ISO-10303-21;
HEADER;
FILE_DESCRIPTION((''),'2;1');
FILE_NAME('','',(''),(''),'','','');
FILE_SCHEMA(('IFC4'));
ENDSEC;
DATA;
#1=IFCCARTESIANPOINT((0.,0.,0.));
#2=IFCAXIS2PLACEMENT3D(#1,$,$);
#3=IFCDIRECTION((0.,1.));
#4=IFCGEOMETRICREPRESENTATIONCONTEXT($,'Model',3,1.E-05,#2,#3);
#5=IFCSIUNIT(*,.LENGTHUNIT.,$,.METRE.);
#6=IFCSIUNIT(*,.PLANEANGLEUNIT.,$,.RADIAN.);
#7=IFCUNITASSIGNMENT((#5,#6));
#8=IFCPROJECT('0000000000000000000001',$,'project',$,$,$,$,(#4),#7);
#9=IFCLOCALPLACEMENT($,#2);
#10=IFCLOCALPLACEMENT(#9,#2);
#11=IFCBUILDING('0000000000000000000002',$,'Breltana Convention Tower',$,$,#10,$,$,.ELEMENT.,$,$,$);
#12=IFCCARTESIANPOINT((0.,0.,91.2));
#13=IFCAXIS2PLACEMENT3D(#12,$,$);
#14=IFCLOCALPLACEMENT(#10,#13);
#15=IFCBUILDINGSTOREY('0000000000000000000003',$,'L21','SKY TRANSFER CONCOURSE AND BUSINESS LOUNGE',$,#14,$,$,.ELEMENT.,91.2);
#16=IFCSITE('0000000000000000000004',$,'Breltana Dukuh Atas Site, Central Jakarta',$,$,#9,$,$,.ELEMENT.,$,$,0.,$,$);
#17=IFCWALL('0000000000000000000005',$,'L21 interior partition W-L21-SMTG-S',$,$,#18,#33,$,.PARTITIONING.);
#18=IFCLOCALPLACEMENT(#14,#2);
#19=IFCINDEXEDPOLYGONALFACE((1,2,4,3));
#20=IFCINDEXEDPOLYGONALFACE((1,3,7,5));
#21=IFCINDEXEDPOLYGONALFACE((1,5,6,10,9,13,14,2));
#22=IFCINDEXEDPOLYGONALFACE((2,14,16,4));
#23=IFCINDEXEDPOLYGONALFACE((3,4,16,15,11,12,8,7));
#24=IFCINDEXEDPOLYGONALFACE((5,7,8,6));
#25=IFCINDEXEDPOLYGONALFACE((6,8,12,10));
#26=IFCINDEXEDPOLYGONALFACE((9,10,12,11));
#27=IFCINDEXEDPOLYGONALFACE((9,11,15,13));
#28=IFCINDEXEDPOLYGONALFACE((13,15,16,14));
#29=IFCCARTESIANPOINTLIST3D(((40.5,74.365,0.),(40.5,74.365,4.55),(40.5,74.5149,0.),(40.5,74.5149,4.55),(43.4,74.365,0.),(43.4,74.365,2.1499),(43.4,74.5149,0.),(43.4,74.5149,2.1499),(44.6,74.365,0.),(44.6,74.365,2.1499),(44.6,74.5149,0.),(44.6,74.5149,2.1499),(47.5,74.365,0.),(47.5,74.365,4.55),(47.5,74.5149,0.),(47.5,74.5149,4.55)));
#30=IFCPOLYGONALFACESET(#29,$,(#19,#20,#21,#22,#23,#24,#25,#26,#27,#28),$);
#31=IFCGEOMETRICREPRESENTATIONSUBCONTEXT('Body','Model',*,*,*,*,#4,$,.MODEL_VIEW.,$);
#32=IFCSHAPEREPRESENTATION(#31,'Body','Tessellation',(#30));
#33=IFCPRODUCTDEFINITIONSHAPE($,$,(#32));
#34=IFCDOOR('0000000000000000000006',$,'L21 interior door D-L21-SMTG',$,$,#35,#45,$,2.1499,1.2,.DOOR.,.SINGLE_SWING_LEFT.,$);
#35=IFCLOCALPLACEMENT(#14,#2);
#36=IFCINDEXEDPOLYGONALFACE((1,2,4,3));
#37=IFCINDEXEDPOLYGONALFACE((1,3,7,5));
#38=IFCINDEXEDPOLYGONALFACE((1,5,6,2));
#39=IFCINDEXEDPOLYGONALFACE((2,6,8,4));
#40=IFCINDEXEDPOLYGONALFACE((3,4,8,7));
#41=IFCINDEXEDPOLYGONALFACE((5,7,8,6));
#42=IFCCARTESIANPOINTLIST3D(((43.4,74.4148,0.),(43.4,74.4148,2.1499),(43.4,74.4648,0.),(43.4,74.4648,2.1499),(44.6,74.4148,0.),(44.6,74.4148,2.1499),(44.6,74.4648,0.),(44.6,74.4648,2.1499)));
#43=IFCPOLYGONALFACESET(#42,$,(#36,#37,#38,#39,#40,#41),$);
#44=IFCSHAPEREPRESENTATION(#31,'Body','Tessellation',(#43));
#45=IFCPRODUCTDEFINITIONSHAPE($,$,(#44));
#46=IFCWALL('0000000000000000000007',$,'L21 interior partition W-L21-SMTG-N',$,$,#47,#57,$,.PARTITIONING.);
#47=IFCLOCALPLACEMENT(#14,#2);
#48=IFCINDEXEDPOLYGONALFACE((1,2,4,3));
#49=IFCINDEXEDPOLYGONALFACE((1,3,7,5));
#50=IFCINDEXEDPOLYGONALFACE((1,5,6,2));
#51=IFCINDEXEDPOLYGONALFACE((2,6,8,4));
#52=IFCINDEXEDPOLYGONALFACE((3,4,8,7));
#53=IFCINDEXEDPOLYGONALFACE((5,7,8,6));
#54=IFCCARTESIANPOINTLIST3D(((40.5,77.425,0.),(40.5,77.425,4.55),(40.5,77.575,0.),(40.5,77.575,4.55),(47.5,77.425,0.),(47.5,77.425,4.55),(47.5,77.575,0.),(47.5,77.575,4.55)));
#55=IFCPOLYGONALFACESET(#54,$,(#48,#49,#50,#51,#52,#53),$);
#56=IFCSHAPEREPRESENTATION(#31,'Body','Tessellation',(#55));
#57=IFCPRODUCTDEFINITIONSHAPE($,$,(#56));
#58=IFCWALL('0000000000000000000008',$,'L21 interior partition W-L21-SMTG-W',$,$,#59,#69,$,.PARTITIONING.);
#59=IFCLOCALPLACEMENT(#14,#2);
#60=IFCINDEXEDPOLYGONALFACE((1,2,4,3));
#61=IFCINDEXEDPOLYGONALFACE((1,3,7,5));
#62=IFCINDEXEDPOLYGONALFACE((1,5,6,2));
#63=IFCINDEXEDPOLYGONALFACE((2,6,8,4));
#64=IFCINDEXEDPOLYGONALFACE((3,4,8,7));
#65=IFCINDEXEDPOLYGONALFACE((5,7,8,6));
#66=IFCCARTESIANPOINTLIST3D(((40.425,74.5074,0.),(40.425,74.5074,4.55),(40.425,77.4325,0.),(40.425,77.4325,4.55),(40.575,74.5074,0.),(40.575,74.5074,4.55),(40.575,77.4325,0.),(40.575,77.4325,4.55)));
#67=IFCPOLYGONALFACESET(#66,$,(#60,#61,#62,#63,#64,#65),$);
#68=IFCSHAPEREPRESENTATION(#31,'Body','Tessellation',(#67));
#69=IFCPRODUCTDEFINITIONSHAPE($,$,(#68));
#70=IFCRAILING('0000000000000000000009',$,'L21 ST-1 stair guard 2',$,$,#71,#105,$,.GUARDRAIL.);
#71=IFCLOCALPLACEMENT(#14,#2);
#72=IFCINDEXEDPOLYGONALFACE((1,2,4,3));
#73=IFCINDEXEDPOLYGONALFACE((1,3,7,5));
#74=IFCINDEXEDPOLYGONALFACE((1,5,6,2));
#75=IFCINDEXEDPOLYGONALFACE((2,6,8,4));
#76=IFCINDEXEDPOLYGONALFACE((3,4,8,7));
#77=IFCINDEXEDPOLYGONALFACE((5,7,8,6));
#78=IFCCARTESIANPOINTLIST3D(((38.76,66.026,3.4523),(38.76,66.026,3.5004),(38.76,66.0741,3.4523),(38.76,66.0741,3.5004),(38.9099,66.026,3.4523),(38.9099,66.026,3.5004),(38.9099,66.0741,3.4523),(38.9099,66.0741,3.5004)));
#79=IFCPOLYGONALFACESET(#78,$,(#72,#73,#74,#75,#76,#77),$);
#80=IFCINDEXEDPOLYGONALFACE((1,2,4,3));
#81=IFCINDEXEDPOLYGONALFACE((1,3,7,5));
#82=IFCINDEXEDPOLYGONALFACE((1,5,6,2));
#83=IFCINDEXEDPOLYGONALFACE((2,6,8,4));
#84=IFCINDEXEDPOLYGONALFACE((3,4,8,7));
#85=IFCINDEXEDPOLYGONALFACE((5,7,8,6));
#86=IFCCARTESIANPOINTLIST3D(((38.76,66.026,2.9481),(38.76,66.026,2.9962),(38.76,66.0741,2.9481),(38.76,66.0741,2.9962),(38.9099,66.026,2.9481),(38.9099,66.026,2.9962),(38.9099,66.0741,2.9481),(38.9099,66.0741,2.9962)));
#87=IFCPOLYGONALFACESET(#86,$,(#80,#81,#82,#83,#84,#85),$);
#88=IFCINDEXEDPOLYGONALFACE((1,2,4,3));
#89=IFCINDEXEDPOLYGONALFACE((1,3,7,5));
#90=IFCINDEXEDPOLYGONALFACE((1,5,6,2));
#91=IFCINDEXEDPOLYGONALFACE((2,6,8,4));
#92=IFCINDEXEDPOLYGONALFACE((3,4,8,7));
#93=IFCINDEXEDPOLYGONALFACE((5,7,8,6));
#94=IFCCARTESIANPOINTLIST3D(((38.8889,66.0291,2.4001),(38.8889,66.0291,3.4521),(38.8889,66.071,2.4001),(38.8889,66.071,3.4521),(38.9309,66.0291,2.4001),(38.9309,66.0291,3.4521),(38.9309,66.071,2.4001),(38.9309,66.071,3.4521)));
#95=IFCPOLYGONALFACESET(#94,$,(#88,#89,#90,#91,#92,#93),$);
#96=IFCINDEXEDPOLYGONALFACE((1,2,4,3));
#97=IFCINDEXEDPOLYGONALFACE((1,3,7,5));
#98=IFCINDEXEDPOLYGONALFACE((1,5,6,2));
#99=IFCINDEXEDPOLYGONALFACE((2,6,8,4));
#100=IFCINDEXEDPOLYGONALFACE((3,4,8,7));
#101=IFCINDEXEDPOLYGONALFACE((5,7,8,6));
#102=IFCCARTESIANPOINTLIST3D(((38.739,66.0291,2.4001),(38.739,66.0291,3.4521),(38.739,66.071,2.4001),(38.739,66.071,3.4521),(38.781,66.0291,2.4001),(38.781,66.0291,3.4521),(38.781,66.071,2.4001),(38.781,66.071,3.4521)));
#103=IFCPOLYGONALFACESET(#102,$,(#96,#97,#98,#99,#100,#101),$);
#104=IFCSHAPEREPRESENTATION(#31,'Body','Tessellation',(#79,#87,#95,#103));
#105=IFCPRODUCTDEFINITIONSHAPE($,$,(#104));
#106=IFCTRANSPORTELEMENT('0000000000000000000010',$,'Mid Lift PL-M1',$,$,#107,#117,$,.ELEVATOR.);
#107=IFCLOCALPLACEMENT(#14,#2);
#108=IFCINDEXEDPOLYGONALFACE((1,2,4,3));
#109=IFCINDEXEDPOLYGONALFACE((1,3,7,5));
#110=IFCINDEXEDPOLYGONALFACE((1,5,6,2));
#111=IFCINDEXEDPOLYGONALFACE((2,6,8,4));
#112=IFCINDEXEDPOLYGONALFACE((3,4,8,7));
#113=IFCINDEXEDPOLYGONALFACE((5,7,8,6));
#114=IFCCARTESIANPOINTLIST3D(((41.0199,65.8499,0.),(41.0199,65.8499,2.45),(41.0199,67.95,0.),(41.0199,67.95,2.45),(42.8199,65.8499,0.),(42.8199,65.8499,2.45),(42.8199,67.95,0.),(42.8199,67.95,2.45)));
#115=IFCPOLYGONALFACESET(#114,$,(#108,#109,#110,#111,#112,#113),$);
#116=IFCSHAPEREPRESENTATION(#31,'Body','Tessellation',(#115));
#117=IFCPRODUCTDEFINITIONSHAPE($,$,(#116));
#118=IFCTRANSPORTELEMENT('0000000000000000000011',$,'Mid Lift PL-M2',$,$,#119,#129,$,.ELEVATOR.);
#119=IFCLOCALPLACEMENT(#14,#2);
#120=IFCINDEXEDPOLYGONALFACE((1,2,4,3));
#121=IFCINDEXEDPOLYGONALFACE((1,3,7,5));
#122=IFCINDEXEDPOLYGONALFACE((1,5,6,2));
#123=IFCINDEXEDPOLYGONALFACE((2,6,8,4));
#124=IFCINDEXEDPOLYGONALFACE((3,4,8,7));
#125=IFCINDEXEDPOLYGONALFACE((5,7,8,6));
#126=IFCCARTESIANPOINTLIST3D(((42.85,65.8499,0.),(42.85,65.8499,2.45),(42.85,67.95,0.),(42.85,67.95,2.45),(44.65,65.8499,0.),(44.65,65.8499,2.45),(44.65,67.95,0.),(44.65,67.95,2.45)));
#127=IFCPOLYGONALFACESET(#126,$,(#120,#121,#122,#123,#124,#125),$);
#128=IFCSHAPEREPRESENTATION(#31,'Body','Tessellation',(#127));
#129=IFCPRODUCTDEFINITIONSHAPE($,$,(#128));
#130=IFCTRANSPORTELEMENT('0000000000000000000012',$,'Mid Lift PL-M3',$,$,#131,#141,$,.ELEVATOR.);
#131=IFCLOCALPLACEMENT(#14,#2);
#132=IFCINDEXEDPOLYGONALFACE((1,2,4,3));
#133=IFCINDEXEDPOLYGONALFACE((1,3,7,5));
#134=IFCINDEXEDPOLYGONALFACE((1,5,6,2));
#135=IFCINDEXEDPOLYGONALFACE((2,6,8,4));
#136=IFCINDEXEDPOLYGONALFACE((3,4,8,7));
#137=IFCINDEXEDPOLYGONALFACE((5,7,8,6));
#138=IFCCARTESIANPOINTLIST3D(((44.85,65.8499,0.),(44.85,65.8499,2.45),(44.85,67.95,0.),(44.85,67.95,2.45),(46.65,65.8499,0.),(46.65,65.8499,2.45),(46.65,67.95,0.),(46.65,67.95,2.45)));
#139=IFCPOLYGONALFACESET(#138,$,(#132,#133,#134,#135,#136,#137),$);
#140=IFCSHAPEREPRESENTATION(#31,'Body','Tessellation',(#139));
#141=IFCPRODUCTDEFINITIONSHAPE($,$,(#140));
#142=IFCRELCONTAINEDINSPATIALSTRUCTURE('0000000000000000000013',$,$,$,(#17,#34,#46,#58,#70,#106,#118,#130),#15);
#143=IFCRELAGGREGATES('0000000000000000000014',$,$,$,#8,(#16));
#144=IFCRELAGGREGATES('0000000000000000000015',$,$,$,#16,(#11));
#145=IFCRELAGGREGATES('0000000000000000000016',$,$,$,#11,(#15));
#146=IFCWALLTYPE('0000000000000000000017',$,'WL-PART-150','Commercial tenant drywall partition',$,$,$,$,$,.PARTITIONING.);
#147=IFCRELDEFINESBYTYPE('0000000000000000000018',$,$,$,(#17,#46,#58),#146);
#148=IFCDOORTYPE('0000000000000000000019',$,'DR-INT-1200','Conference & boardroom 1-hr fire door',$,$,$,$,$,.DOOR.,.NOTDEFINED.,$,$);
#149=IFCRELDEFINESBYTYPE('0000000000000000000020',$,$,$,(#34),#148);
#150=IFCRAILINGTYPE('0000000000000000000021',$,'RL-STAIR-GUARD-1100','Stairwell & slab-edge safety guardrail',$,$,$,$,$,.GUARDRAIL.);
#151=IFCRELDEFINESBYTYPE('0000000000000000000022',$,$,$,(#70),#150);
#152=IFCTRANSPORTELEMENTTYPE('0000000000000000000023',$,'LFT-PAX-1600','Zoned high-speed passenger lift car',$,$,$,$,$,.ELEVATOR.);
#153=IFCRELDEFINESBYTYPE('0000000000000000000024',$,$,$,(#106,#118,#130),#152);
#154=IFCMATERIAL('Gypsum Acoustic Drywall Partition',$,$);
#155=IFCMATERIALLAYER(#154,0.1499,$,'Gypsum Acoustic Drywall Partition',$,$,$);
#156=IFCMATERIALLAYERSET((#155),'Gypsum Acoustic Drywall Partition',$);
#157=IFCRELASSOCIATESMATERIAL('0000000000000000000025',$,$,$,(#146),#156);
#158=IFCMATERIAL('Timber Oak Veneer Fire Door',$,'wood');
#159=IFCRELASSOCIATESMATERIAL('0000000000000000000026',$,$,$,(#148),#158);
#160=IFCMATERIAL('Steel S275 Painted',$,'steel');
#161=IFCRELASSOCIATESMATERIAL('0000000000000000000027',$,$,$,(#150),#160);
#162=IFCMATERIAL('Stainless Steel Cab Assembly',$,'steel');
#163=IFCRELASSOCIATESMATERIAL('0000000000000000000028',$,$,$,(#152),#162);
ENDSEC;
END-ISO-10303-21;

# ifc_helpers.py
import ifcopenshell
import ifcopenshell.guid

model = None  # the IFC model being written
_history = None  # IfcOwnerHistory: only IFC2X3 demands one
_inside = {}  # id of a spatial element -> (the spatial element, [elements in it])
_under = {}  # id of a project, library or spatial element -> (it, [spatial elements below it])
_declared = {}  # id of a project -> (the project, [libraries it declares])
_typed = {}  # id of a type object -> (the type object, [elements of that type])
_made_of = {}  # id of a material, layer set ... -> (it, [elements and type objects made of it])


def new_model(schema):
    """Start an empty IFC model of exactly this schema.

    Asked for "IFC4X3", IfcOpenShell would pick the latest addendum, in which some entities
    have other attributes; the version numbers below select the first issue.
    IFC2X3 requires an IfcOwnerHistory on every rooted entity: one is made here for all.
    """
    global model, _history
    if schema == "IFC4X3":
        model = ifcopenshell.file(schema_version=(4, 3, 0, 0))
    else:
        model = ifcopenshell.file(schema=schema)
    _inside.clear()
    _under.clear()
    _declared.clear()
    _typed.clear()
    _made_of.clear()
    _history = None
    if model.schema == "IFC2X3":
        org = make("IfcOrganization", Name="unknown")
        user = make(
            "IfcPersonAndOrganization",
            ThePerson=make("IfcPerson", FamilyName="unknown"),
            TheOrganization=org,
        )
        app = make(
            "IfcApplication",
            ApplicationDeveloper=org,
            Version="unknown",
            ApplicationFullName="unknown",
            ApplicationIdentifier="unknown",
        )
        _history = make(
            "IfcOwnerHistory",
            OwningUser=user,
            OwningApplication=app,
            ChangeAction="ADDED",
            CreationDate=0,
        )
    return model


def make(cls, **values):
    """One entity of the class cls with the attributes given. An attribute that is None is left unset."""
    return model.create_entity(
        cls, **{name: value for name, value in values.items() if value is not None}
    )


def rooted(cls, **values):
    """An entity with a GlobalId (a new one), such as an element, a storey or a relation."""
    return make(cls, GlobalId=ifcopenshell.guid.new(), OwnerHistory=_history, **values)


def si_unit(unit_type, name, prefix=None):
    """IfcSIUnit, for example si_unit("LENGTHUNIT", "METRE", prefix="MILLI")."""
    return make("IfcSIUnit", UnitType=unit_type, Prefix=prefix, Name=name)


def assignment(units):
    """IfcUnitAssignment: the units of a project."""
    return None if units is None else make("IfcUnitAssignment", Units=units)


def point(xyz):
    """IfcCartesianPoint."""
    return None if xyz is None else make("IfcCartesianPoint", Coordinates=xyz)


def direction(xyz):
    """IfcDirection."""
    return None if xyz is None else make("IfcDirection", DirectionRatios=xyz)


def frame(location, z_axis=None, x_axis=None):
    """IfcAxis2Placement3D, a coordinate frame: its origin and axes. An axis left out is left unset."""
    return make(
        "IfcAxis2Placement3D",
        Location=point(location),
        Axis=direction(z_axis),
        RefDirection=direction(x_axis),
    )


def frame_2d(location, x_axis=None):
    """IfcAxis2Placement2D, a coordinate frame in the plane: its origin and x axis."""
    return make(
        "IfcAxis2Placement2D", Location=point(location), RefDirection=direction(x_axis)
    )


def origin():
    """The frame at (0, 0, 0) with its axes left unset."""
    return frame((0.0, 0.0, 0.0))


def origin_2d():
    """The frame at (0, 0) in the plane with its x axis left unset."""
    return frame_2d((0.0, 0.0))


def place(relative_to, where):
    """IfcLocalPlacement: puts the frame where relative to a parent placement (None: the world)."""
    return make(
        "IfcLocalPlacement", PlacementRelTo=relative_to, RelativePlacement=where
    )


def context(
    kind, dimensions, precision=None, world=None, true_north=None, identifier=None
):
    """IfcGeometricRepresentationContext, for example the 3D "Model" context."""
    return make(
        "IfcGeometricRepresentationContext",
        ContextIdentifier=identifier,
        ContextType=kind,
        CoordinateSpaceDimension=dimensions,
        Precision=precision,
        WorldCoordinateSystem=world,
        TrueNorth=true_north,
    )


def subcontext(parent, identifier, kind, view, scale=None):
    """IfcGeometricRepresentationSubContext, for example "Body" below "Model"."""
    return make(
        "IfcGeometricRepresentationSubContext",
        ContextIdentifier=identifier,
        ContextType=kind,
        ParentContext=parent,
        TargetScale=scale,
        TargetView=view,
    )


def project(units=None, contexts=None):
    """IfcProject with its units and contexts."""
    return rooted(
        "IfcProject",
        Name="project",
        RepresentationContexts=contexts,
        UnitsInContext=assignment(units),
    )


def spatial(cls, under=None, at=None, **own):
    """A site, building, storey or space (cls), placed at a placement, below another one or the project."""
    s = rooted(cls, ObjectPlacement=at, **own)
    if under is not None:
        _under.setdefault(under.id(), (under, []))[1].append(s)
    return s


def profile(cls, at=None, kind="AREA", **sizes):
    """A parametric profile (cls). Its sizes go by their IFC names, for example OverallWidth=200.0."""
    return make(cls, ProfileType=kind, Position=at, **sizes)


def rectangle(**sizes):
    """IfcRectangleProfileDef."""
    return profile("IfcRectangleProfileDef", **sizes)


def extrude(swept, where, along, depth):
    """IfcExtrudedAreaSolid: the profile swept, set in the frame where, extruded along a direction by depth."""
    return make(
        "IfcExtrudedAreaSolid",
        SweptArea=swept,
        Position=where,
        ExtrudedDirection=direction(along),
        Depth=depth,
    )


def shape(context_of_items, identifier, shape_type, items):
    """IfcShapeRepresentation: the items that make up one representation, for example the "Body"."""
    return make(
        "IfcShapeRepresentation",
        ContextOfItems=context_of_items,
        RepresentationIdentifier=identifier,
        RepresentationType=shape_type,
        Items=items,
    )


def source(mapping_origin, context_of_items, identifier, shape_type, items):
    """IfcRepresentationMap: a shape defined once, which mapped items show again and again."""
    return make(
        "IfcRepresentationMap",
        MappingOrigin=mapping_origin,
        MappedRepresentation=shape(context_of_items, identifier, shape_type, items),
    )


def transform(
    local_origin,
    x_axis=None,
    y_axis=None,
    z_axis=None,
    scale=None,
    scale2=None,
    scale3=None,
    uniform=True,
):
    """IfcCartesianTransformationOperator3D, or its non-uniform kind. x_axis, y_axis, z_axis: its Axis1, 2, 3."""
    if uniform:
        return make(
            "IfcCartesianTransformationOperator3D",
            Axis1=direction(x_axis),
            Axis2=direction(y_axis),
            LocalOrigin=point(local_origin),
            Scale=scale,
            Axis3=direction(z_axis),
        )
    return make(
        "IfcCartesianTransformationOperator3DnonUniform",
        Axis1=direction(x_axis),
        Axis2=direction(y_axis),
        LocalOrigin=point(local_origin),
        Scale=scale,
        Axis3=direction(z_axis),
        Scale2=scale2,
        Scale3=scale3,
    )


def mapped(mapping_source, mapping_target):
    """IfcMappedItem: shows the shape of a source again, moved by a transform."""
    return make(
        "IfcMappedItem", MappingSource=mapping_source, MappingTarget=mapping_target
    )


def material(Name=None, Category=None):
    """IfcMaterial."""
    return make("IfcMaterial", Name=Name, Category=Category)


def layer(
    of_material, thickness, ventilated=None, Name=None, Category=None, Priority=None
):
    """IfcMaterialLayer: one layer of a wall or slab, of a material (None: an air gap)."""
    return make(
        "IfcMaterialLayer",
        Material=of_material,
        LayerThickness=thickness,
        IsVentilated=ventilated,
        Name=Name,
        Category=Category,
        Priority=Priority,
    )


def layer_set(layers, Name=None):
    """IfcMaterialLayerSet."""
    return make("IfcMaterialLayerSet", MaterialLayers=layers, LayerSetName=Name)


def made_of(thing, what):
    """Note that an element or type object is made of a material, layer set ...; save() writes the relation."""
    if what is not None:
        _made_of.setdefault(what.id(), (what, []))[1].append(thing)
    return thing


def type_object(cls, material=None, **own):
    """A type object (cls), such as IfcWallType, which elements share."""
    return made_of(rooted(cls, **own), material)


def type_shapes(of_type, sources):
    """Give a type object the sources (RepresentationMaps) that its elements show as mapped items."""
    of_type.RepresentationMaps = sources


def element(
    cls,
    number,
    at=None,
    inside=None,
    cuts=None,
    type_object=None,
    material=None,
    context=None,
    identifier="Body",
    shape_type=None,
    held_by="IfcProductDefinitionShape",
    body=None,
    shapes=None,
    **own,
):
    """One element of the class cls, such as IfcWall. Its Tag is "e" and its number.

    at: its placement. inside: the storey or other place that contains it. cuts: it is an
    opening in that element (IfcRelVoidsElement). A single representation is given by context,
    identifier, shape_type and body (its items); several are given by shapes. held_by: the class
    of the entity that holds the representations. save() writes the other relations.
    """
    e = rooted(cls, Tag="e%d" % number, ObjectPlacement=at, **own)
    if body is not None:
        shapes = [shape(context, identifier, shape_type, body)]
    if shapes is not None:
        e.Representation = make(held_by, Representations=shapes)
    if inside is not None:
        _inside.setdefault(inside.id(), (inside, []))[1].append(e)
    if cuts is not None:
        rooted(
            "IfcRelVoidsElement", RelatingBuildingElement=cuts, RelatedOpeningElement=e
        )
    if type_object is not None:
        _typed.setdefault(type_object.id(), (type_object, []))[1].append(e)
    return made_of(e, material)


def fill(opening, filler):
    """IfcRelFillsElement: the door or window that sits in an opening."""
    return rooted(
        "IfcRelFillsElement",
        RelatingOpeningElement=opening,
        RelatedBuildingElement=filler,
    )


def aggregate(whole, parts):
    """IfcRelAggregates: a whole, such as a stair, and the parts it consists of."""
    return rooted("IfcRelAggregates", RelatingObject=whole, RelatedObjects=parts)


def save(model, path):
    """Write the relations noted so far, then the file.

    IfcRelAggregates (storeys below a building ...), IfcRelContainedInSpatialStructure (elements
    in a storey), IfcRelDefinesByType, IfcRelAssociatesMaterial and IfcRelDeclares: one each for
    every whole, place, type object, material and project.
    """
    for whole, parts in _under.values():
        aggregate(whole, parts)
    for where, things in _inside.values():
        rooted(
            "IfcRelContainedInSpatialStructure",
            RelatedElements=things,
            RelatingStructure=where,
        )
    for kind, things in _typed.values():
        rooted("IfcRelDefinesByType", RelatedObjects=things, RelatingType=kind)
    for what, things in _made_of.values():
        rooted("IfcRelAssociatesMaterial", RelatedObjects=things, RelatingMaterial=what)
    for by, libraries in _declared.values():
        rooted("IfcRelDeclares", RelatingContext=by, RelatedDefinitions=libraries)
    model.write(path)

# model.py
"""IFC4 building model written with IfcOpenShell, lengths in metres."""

from ifc_helpers import new_model, si_unit, direction, frame, frame_2d, origin, origin_2d, place, context, subcontext, project, spatial, rectangle, extrude, source, transform, mapped, material, layer, layer_set, type_object, type_shapes, element, fill, save


model = new_model("IFC4")

# Units and contexts
model_context = context("Model", 3, precision=1e-05, world=origin(), true_north=direction((0.0, 1.0)))
body_context = subcontext(model_context, "Body", "Model", "MODEL_VIEW")
ifc_project = project(units=[si_unit("LENGTHUNIT", "METRE"), si_unit("PLANEANGLEUNIT", "RADIAN")], contexts=[model_context])

# Site, building, storey
site_placement = place(None, origin())
site = spatial("IfcSite", under=ifc_project, at=site_placement, Name="Breltana Dukuh Atas Site, Central Jakarta", CompositionType="ELEMENT", RefElevation=0.0)
building_placement = place(site_placement, origin())
building = spatial("IfcBuilding", under=site, at=building_placement, Name="Breltana Convention Tower", CompositionType="ELEMENT")
storey_placement = place(building_placement, frame((0.0, 0.0, 91.2)))
storey = spatial("IfcBuildingStorey", under=building, at=storey_placement, Name="L21", Description="SKY TRANSFER CONCOURSE AND BUSINESS LOUNGE", CompositionType="ELEMENT", Elevation=91.2)

# Wall, opening, door
ifc_material_1 = material(Name="Gypsum Acoustic Drywall Partition")
ifc_layer_1 = layer(ifc_material_1, 0.1499, Name="Gypsum Acoustic Drywall Partition")
ifc_layer_set_1 = layer_set([ifc_layer_1], Name="Gypsum Acoustic Drywall Partition")
wall_type_1 = type_object("IfcWallType", Name="WL-PART-150", Description="Commercial tenant drywall partition", PredefinedType="PARTITIONING", material=ifc_layer_set_1)
shared_shape_1 = source(origin(), body_context, "Body", "SweptSolid", [
    extrude(rectangle(XDim=7.0, YDim=0.1499, at=frame_2d((3.5, 0.0))), origin(), (0.0, 0.0, 1.0), 4.55),
])
wall_1_placement = place(storey_placement, frame((40.5, 74.4399, 0.0), z_axis=(0.0, 0.0, 1.0), x_axis=(1.0, 0.0, 0.0)))
wall_1 = element("IfcWall", 1, at=wall_1_placement, inside=storey, type_object=wall_type_1, Name="L21 interior partition W-L21-SMTG-S", PredefinedType="PARTITIONING", context=body_context, shape_type="MappedRepresentation", body=[
    mapped(shared_shape_1, transform((0.0, 0.0, 0.0), scale=1.0)),
])
opening_1_placement = place(wall_1_placement, frame((2.8999, 0.0, 0.0)))
opening_1 = element("IfcOpeningElement", 2, at=opening_1_placement, cuts=wall_1, PredefinedType="OPENING", context=body_context, shape_type="SweptSolid", body=[
    extrude(rectangle(XDim=1.2, YDim=2.1499, at=frame_2d((0.6001, 1.075))), frame((0.0, 0.085, 0.0), z_axis=(0.0, -1.0, 0.0), x_axis=(1.0, 0.0, 0.0)), (0.0, 0.0, 1.0), 0.1699),
])
ifc_material_2 = material(Name="Timber Oak Veneer Fire Door", Category="wood")
door_type_1 = type_object("IfcDoorType", Name="DR-INT-1200", Description="Conference & boardroom 1-hr fire door", OperationType="NOTDEFINED", PredefinedType="DOOR", material=ifc_material_2)
shared_shape_2 = source(origin(), body_context, "Body", "SweptSolid", [
    extrude(rectangle(XDim=1.2, YDim=2.1499, at=frame_2d((0.6001, 1.075))), frame((0.0, 0.0249, 0.0), z_axis=(0.0, -1.0, 0.0), x_axis=(1.0, 0.0, 0.0)), (0.0, 0.0, 1.0), 0.05),
])
type_shapes(door_type_1, [shared_shape_2])
door_1_placement = place(opening_1_placement, origin())
door_1 = element("IfcDoor", 3, at=door_1_placement, inside=storey, type_object=door_type_1, Name="L21 interior door D-L21-SMTG", OperationType="SINGLE_SWING_LEFT", OverallHeight=2.1499, OverallWidth=1.2, PredefinedType="DOOR", context=body_context, shape_type="MappedRepresentation", body=[
    mapped(shared_shape_2, transform((0.0, 0.0, 0.0), scale=1.0)),
])
fill(opening_1, door_1)

# Walls
wall_2_placement = place(storey_placement, frame((40.5, 77.5, 0.0), z_axis=(0.0, 0.0, 1.0), x_axis=(1.0, 0.0, 0.0)))
element("IfcWall", 4, at=wall_2_placement, inside=storey, type_object=wall_type_1, Name="L21 interior partition W-L21-SMTG-N", PredefinedType="PARTITIONING", context=body_context, shape_type="MappedRepresentation", body=[
    mapped(shared_shape_1, transform((0.0, 0.0, 0.0), scale=1.0)),
])
shared_shape_3 = source(origin(), body_context, "Body", "SweptSolid", [
    extrude(rectangle(XDim=2.925, YDim=0.1499, at=frame_2d((1.4624, 0.0))), origin(), (0.0, 0.0, 1.0), 4.55),
])
wall_3_placement = place(storey_placement, frame((40.5, 74.5076, 0.0), z_axis=(0.0, 0.0, 1.0), x_axis=(0.0, 1.0, 0.0)))
element("IfcWall", 5, at=wall_3_placement, inside=storey, type_object=wall_type_1, Name="L21 interior partition W-L21-SMTG-W", PredefinedType="PARTITIONING", context=body_context, shape_type="MappedRepresentation", body=[
    mapped(shared_shape_3, transform((0.0, 0.0, 0.0), scale=1.0)),
])

# Railing
ifc_material_3 = material(Name="Steel S275 Painted", Category="steel")
railing_type = type_object("IfcRailingType", Name="RL-STAIR-GUARD-1100", Description="Stairwell & slab-edge safety guardrail", PredefinedType="GUARDRAIL", material=ifc_material_3)
railing_placement = place(storey_placement, frame((38.9099, 66.05, 2.4001)))
element("IfcRailing", 6, at=railing_placement, inside=storey, type_object=railing_type, Name="L21 ST-1 stair guard 2", PredefinedType="GUARDRAIL", context=body_context, shape_type="SweptSolid", body=[
    extrude(rectangle(XDim=0.0481, YDim=0.0481, at=origin_2d()), frame((0.0, 0.0, 1.0762), z_axis=(-1.0, 0.0, 0.0), x_axis=(0.0, -1.0, 0.0)), (0.0, 0.0, 1.0), 0.1499),
    extrude(rectangle(XDim=0.0481, YDim=0.0481, at=origin_2d()), frame((0.0, 0.0, 0.572), z_axis=(-1.0, 0.0, 0.0), x_axis=(0.0, -1.0, 0.0)), (0.0, 0.0, 1.0), 0.1499),
    extrude(rectangle(XDim=0.042, YDim=0.042, at=origin_2d()), origin(), (0.0, 0.0, 1.0), 1.052),
    extrude(rectangle(XDim=0.042, YDim=0.042, at=origin_2d()), frame((-0.1499, 0.0, 0.0)), (0.0, 0.0, 1.0), 1.052),
])

# Transport elements
ifc_material_4 = material(Name="Stainless Steel Cab Assembly", Category="steel")
transport_element_type = type_object("IfcTransportElementType", Name="LFT-PAX-1600", Description="Zoned high-speed passenger lift car", PredefinedType="ELEVATOR", material=ifc_material_4)
shared_shape_4 = source(origin(), body_context, "Body", "SweptSolid", [
    extrude(rectangle(XDim=1.8, YDim=2.1001, at=origin_2d()), origin(), (0.0, 0.0, 1.0), 2.45),
])
type_shapes(transport_element_type, [shared_shape_4])
for number, where, z_axis, x_axis, name in (
    (7, (41.9199, 66.8999, 0.0), (0.0, 0.0, 1.0), (1.0, 0.0, 0.0), "Mid Lift PL-M1"),
    (8, (43.75, 66.8999, 0.0), (0.0, 0.0, 1.0), (1.0, 0.0, 0.0), "Mid Lift PL-M2"),
    (9, (45.75, 66.8999, 0.0), (0.0, 0.0, 1.0), (1.0, 0.0, 0.0), "Mid Lift PL-M3"),
):
    element("IfcTransportElement", number, at=place(storey_placement, frame(where, z_axis=z_axis, x_axis=x_axis)), inside=storey, type_object=transport_element_type, Name=name, PredefinedType="ELEVATOR", context=body_context, shape_type="MappedRepresentation", body=[
        mapped(shared_shape_4, transform((0.0, 0.0, 0.0), scale=1.0)),
    ])

save(model, "model.ifc")
